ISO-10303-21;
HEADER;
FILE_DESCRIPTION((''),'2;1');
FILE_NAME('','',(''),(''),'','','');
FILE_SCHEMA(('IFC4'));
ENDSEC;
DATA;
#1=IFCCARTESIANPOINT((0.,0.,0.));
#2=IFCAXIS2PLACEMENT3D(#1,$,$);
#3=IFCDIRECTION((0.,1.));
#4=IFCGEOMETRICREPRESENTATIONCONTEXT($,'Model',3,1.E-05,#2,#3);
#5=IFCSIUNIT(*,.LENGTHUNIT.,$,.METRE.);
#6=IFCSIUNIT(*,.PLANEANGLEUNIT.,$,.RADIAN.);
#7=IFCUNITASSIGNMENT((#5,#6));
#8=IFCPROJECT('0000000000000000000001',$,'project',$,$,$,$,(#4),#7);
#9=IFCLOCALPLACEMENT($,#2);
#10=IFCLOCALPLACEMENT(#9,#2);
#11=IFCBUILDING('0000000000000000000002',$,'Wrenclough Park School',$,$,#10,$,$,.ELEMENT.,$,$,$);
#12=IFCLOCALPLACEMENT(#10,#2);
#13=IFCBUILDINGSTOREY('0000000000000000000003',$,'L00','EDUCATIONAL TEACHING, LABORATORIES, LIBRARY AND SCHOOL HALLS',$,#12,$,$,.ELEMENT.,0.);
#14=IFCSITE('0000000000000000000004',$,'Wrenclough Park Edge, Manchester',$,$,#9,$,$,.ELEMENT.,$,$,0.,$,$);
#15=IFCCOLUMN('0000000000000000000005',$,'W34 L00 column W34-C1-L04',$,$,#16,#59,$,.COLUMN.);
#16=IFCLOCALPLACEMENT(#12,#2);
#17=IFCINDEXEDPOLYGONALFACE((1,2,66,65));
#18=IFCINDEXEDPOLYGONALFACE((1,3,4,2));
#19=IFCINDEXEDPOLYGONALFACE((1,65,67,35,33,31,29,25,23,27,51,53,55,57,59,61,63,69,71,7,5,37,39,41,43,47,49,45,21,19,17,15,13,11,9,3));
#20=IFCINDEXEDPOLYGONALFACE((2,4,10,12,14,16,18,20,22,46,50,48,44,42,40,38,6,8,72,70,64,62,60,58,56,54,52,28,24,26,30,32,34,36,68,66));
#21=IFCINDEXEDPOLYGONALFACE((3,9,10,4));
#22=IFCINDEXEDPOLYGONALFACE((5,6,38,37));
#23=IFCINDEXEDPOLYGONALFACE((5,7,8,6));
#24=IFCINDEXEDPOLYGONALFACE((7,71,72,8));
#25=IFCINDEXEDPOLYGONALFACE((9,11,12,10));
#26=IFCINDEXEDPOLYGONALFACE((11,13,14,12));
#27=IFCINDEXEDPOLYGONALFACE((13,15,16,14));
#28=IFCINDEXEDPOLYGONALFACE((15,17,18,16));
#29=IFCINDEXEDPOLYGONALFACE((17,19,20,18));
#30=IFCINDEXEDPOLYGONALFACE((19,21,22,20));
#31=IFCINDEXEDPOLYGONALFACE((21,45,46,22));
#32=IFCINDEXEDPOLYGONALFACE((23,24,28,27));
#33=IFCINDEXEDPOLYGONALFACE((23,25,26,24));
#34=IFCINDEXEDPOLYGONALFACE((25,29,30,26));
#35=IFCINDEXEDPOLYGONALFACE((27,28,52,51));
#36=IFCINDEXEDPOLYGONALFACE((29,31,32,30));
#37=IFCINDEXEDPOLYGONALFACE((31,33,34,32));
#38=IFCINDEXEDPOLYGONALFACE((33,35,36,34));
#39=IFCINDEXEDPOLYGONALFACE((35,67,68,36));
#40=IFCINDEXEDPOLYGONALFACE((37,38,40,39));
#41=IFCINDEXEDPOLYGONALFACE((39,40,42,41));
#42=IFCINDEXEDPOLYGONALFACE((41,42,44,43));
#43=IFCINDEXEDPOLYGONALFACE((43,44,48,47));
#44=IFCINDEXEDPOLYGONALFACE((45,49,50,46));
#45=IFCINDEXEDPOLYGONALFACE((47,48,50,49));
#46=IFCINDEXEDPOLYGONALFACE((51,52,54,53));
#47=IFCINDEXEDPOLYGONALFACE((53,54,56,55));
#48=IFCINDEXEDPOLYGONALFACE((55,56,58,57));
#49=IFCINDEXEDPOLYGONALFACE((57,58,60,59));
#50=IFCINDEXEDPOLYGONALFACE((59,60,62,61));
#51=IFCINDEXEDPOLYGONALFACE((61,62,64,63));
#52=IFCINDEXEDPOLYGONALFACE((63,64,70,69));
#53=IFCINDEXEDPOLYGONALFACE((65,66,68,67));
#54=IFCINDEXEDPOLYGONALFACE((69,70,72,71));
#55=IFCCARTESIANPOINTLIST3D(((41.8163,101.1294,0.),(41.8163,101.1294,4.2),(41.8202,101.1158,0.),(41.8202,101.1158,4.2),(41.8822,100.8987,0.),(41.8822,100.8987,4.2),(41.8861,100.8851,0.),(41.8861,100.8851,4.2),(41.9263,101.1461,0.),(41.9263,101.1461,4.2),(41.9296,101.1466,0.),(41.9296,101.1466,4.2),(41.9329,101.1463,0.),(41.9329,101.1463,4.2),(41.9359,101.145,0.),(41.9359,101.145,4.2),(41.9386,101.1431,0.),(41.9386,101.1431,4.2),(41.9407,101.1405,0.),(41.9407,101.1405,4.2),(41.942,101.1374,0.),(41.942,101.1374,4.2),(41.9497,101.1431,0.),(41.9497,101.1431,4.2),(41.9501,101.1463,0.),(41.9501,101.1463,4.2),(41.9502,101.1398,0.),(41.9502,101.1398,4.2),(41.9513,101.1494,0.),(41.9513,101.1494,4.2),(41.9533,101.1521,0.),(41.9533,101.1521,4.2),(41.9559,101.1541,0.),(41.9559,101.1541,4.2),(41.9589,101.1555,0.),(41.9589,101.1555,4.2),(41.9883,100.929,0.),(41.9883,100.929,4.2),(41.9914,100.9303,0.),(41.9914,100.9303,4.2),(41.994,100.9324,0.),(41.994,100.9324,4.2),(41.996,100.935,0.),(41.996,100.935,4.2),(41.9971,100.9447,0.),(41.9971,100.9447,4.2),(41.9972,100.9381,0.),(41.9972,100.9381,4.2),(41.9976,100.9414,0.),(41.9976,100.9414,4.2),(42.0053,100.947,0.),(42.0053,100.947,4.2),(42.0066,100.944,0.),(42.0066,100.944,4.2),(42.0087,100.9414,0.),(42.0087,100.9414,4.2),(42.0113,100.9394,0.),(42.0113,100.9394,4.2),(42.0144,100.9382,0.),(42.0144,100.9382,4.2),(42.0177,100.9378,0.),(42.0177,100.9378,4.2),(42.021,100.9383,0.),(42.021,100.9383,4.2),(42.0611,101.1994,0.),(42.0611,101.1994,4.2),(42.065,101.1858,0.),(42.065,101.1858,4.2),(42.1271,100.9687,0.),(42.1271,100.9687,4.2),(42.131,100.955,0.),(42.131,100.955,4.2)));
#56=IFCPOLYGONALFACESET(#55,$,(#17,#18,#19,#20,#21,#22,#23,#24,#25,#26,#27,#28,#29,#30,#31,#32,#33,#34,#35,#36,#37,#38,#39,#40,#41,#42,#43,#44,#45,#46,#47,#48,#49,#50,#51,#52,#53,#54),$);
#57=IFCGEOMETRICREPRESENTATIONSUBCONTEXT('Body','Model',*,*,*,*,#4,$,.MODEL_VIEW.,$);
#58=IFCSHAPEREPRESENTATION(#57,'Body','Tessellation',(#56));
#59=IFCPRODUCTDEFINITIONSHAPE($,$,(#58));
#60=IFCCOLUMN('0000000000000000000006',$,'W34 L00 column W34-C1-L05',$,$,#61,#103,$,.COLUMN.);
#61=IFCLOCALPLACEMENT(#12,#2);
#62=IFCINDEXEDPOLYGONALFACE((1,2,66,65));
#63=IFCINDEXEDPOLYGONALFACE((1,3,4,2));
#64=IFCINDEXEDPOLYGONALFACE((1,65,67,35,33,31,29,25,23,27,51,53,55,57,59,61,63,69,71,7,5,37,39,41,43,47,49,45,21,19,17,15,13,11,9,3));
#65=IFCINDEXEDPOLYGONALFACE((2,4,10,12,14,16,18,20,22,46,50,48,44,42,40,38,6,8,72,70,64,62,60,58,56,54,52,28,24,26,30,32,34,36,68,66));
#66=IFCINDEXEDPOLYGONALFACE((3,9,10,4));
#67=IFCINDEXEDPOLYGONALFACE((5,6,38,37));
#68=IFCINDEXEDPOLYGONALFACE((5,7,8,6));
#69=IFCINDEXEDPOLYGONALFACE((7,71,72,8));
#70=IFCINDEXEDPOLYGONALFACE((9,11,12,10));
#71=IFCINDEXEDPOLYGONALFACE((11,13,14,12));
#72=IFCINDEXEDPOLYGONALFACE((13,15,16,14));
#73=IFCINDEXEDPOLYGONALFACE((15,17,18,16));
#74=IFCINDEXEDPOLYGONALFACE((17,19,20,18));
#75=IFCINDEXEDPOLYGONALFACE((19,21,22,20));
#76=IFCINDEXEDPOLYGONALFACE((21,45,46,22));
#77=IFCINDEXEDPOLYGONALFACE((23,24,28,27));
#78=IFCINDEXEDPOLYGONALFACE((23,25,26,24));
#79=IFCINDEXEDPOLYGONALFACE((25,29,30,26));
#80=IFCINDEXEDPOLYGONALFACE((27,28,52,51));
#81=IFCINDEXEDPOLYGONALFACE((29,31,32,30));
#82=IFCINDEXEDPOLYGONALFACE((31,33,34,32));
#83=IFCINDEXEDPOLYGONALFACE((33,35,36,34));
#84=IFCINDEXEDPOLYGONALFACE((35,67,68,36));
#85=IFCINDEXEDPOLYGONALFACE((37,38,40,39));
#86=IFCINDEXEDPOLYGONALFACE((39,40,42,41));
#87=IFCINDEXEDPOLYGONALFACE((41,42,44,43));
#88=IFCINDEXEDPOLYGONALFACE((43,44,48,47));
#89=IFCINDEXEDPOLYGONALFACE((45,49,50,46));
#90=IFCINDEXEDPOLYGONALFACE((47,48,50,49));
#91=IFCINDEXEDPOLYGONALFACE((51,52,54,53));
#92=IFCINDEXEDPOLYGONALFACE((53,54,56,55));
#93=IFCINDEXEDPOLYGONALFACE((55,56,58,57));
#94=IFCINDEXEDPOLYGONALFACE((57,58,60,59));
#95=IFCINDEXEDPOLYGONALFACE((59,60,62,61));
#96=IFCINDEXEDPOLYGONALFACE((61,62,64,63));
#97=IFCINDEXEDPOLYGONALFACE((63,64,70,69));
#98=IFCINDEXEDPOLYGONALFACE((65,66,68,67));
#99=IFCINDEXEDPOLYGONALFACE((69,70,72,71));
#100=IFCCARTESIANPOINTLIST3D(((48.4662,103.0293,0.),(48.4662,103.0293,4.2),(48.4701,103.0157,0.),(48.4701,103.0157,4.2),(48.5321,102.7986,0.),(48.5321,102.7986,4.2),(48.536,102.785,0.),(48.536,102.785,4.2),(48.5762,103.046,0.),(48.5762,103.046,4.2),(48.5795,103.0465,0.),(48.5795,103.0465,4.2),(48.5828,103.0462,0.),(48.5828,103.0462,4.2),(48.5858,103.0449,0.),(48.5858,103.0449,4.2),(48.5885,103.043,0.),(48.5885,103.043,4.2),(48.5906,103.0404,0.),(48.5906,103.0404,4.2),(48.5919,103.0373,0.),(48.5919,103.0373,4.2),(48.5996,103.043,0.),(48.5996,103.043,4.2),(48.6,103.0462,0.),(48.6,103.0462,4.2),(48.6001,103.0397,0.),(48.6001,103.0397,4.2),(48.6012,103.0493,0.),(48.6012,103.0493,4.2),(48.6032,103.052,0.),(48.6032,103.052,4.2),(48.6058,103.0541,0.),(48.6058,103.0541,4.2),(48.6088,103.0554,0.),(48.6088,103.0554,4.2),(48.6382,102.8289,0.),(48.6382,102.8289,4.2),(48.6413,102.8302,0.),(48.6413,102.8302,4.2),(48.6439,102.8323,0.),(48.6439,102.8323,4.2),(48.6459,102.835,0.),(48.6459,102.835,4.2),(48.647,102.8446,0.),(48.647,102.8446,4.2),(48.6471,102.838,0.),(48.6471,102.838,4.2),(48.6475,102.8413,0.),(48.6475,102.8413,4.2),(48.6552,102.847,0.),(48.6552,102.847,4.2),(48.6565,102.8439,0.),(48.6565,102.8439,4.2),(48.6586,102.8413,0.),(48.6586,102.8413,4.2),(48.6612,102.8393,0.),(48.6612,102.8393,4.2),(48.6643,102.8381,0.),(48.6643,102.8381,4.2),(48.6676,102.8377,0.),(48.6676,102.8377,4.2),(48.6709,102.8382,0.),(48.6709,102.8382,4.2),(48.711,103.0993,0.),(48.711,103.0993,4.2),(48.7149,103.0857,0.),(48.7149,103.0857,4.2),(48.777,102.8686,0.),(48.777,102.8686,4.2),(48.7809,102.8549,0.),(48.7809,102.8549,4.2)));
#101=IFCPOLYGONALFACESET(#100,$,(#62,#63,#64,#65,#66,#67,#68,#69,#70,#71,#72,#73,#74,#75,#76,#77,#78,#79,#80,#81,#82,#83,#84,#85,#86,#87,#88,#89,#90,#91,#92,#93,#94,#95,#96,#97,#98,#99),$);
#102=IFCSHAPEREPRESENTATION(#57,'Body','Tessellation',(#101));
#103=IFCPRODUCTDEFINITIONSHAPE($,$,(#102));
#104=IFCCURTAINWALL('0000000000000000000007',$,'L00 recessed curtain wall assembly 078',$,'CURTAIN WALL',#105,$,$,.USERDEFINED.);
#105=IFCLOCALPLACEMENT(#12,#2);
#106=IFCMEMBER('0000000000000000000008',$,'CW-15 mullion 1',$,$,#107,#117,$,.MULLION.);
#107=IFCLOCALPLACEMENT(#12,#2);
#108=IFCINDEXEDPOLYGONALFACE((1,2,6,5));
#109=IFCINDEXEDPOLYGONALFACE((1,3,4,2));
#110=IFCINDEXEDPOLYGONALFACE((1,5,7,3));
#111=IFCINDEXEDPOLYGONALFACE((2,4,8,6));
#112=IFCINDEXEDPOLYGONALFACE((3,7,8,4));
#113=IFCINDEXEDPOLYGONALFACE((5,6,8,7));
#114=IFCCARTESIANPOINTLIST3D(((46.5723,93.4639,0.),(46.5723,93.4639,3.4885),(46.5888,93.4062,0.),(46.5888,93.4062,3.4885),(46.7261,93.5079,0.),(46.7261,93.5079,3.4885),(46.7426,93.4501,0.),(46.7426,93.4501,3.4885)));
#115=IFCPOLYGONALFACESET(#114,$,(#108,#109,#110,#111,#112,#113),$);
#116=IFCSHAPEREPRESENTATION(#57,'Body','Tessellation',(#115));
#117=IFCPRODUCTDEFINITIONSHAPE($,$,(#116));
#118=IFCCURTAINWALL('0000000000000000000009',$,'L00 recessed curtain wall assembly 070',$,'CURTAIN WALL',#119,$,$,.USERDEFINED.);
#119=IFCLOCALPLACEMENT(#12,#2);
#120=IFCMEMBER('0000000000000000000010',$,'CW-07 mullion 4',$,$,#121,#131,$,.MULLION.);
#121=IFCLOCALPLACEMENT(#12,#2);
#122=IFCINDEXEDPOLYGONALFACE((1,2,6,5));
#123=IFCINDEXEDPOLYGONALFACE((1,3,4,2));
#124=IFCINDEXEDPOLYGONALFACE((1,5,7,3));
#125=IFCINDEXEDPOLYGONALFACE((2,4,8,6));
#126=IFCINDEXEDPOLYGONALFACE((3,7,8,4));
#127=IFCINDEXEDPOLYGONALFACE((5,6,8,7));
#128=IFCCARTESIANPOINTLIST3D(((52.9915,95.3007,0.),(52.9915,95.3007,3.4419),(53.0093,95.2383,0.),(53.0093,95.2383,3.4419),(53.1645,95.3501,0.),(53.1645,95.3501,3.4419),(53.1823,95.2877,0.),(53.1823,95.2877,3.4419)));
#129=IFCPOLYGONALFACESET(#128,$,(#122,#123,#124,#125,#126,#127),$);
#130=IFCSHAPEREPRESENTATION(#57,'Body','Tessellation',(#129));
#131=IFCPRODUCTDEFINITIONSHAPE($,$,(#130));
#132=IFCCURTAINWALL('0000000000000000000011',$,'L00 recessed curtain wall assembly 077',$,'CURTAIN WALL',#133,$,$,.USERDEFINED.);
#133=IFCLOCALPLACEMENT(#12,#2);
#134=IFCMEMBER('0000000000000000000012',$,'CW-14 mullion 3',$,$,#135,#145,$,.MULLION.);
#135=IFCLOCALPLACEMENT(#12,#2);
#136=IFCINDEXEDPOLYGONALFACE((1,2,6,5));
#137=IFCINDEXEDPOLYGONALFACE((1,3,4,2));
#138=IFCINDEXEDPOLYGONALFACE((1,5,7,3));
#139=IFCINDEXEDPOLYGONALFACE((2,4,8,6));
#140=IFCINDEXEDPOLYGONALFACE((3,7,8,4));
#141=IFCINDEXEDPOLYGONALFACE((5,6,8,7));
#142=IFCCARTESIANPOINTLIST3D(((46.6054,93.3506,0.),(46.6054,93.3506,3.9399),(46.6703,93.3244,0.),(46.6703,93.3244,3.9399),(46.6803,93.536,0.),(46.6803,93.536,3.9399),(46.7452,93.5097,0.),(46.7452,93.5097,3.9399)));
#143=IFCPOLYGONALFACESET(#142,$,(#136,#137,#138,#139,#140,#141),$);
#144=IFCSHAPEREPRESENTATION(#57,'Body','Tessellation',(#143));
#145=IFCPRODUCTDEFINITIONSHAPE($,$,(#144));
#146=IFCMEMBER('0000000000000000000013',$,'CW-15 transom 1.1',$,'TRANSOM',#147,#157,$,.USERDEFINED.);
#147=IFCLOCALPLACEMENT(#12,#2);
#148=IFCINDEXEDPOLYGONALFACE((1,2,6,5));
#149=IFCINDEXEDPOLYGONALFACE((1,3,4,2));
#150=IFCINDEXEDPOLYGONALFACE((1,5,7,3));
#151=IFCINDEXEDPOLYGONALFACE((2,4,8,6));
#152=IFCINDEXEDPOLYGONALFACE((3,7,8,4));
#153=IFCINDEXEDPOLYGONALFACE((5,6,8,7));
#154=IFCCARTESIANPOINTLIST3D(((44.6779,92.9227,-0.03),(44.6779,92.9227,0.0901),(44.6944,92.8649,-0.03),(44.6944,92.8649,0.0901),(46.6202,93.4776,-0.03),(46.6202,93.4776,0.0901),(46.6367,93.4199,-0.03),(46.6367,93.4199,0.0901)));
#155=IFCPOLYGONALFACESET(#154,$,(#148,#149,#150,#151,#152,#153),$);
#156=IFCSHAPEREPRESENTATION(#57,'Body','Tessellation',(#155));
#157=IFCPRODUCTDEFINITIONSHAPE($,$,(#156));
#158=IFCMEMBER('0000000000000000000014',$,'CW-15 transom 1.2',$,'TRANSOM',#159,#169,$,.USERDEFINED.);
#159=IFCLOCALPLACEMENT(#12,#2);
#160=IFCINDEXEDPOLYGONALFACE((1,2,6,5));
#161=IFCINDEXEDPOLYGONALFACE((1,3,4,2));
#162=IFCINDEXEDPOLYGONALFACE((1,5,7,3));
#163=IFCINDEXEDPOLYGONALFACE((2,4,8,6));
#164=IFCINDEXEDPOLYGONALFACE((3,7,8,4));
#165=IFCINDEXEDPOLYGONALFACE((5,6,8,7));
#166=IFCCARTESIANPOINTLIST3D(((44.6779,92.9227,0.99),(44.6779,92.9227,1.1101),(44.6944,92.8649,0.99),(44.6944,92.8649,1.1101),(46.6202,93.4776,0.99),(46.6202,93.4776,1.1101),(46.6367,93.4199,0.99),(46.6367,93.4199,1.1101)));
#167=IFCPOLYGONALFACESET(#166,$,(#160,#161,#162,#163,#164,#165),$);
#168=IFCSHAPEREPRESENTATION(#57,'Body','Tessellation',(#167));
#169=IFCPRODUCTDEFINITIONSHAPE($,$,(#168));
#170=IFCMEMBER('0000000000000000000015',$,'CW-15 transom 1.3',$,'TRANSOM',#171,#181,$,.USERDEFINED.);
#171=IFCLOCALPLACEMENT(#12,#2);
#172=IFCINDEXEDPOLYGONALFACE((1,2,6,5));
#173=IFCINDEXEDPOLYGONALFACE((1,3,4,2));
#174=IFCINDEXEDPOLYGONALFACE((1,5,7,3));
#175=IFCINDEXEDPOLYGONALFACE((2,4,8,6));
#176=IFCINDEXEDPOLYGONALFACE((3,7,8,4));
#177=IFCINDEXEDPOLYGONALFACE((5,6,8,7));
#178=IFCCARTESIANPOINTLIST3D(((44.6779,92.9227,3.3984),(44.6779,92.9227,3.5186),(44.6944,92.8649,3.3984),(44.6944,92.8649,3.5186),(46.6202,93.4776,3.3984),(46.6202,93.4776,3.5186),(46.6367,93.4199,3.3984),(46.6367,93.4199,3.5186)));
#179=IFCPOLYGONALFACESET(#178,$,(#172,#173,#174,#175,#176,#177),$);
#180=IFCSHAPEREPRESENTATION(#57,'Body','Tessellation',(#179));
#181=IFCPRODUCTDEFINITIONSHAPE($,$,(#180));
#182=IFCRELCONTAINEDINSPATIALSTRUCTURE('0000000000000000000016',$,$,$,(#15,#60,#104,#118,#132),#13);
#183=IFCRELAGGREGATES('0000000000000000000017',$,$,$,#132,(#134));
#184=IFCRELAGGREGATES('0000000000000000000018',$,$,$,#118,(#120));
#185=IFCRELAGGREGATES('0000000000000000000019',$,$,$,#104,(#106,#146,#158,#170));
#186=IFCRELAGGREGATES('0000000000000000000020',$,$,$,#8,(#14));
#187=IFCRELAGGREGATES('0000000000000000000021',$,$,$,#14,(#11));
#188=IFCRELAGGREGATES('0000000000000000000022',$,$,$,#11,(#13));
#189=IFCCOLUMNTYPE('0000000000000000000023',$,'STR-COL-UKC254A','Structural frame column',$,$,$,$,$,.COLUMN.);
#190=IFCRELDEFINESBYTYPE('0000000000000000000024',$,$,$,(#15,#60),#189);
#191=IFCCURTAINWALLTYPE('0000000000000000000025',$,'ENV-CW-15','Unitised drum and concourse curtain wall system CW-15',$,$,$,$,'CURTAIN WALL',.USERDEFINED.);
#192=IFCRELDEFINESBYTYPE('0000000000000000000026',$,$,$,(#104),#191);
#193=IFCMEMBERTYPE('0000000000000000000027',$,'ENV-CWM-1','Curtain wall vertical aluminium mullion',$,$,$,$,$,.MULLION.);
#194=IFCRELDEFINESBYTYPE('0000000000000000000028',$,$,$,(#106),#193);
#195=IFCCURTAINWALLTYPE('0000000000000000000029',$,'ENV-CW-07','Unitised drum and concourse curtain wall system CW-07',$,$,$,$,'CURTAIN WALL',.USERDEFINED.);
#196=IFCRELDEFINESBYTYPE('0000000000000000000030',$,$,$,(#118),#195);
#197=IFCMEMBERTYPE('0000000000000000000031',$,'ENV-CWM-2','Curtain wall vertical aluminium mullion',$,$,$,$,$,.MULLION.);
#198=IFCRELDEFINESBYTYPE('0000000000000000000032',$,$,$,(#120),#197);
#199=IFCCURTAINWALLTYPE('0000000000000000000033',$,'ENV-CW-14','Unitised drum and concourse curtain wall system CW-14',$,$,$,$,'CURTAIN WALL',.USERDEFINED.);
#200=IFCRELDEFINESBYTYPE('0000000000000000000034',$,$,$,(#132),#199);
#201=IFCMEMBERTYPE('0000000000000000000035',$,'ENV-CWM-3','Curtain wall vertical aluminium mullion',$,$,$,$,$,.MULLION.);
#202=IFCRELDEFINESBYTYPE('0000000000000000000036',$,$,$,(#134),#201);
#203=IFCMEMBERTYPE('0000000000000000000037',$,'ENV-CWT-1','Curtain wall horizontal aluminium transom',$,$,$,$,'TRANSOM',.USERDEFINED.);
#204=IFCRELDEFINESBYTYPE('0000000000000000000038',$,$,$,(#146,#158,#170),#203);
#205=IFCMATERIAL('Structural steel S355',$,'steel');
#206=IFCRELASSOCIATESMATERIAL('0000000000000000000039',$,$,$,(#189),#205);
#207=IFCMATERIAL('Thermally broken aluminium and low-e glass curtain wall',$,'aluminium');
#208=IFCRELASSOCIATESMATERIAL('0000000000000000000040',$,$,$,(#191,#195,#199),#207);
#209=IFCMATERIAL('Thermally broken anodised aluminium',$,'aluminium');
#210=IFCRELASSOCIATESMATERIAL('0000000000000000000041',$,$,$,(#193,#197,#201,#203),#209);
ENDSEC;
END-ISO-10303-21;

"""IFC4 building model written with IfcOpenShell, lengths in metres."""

from ifc_helpers import new_model, si_unit, direction, frame, origin, origin_2d, place, context, subcontext, project, spatial, rectangle, i_section, extrude, material, material_profile, profile_set, type_object, element, aggregate, save


model = new_model("IFC4")

# Units and contexts
model_context = context("Model", 3, precision=1e-05, world=origin(), true_north=direction((0.0, 1.0)))
body_context = subcontext(model_context, "Body", "Model", "MODEL_VIEW")
ifc_project = project(units=[si_unit("LENGTHUNIT", "METRE"), si_unit("PLANEANGLEUNIT", "RADIAN")], contexts=[model_context])

# Site, building, storey
site_placement = place(None, origin())
site = spatial("IfcSite", under=ifc_project, at=site_placement, Name="Wrenclough Park Edge, Manchester", CompositionType="ELEMENT", RefElevation=0.0)
building_placement = place(site_placement, origin())
building = spatial("IfcBuilding", under=site, at=building_placement, Name="Wrenclough Park School", CompositionType="ELEMENT")
storey_placement = place(building_placement, origin())
storey = spatial("IfcBuildingStorey", under=building, at=storey_placement, Name="L00", Description="EDUCATIONAL TEACHING, LABORATORIES, LIBRARY AND SCHOOL HALLS", CompositionType="ELEMENT", Elevation=0.0)

# Columns
ifc_material_1 = material(Name="Structural steel S355", Category="steel")
ifc_material_profile_1 = material_profile(ifc_material_1, i_section(OverallWidth=0.2546, OverallDepth=0.2542, WebThickness=0.0085, FlangeThickness=0.0142, FilletRadius=0.0127, at=origin_2d()), Name="UKC 254x254x73")
ifc_profile_set_1 = profile_set([ifc_material_profile_1], Name="Structural steel S355")
column_type = type_object("IfcColumnType", Name="STR-COL-UKC254A", Description="Structural frame column", PredefinedType="COLUMN", material=ifc_profile_set_1)
for number, where, z_axis, x_axis, name in (
    (1, (41.9736, 101.0422, 0.0), (0.0, 0.0, 1.0), (0.961502, 0.274798, 0.0), "W34 L00 column W34-C1-L04"),
    (2, (48.6235, 102.9421, 0.0), (0.0, 0.0, 1.0), (0.961502, 0.274798, 0.0), "W34 L00 column W34-C1-L05"),
):
    element("IfcColumn", number, at=place(storey_placement, frame(where, z_axis=z_axis, x_axis=x_axis)), inside=storey, type_object=column_type, Name=name, PredefinedType="COLUMN", context=body_context, shape_type="SweptSolid", body=[
        extrude(i_section(OverallWidth=0.2546, OverallDepth=0.2542, WebThickness=0.0085, FlangeThickness=0.0142, FilletRadius=0.0127, at=origin_2d()), origin(), (0.0, 0.0, 1.0), 4.2),
    ])

# Curtain walls, members
ifc_material_2 = material(Name="Thermally broken aluminium and low-e glass curtain wall", Category="aluminium")
curtain_wall_type_1 = type_object("IfcCurtainWallType", Name="ENV-CW-15", Description="Unitised drum and concourse curtain wall system CW-15", ElementType="CURTAIN WALL", PredefinedType="USERDEFINED", material=ifc_material_2)
curtain_wall_1_placement = place(storey_placement, origin())
curtain_wall_1 = element("IfcCurtainWall", 3, at=curtain_wall_1_placement, inside=storey, type_object=curtain_wall_type_1, Name="L00 recessed curtain wall assembly 078", ObjectType="CURTAIN WALL", PredefinedType="USERDEFINED")
ifc_material_3 = material(Name="Thermally broken anodised aluminium", Category="aluminium")
ifc_material_profile_2 = material_profile(ifc_material_3, rectangle(XDim=0.0601, YDim=0.1599, at=origin_2d()), Name="AL MULLION 60x160")
ifc_profile_set_2 = profile_set([ifc_material_profile_2], Name="Thermally broken anodised aluminium")
member_type_1 = type_object("IfcMemberType", Name="ENV-CWM-1", Description="Curtain wall vertical aluminium mullion", PredefinedType="MULLION", material=ifc_profile_set_2)
member_1_placement = place(storey_placement, frame((46.6575, 93.457, 0.0), z_axis=(0.0, 0.0, 1.0), x_axis=(0.274711, -0.961527, 0.0)))
member_1 = element("IfcMember", 4, at=member_1_placement, type_object=member_type_1, Name="CW-15 mullion 1", PredefinedType="MULLION", context=body_context, shape_type="SweptSolid", body=[
    extrude(rectangle(XDim=0.0601, YDim=0.1599, at=origin_2d()), origin(), (0.0, 0.0, 1.0), 3.4885),
])
curtain_wall_type_2 = type_object("IfcCurtainWallType", Name="ENV-CW-07", Description="Unitised drum and concourse curtain wall system CW-07", ElementType="CURTAIN WALL", PredefinedType="USERDEFINED", material=ifc_material_2)
curtain_wall_2_placement = place(storey_placement, origin())
curtain_wall_2 = element("IfcCurtainWall", 5, at=curtain_wall_2_placement, inside=storey, type_object=curtain_wall_type_2, Name="L00 recessed curtain wall assembly 070", ObjectType="CURTAIN WALL", PredefinedType="USERDEFINED")
ifc_material_profile_3 = material_profile(ifc_material_3, rectangle(XDim=0.0649, YDim=0.1799, at=origin_2d()), Name="AL MULLION 65x180")
ifc_profile_set_3 = profile_set([ifc_material_profile_3], Name="Thermally broken anodised aluminium")
member_type_2 = type_object("IfcMemberType", Name="ENV-CWM-2", Description="Curtain wall vertical aluminium mullion", PredefinedType="MULLION", material=ifc_profile_set_3)
member_2_placement = place(storey_placement, frame((53.0869, 95.2942, 0.0), z_axis=(0.0, 0.0, 1.0), x_axis=(0.274723, -0.961523, 0.0)))
member_2 = element("IfcMember", 6, at=member_2_placement, type_object=member_type_2, Name="CW-07 mullion 4", PredefinedType="MULLION", context=body_context, shape_type="SweptSolid", body=[
    extrude(rectangle(XDim=0.0649, YDim=0.1799, at=origin_2d()), origin(), (0.0, 0.0, 1.0), 3.4419),
])
curtain_wall_type_3 = type_object("IfcCurtainWallType", Name="ENV-CW-14", Description="Unitised drum and concourse curtain wall system CW-14", ElementType="CURTAIN WALL", PredefinedType="USERDEFINED", material=ifc_material_2)
curtain_wall_3_placement = place(storey_placement, origin())
curtain_wall_3 = element("IfcCurtainWall", 7, at=curtain_wall_3_placement, inside=storey, type_object=curtain_wall_type_3, Name="L00 recessed curtain wall assembly 077", ObjectType="CURTAIN WALL", PredefinedType="USERDEFINED")
ifc_material_profile_4 = material_profile(ifc_material_3, rectangle(XDim=0.0701, YDim=0.2, at=origin_2d()), Name="AL MULLION 70x200")
ifc_profile_set_4 = profile_set([ifc_material_profile_4], Name="Thermally broken anodised aluminium")
member_type_3 = type_object("IfcMemberType", Name="ENV-CWM-3", Description="Curtain wall vertical aluminium mullion", PredefinedType="MULLION", material=ifc_profile_set_4)
member_3_placement = place(storey_placement, frame((46.6753, 93.4302, 0.0), z_axis=(0.0, 0.0, 1.0), x_axis=(-0.927185, 0.374604, 0.0)))
member_3 = element("IfcMember", 8, at=member_3_placement, type_object=member_type_3, Name="CW-14 mullion 3", PredefinedType="MULLION", context=body_context, shape_type="SweptSolid", body=[
    extrude(rectangle(XDim=0.0701, YDim=0.2, at=origin_2d()), origin(), (0.0, 0.0, 1.0), 3.9399),
])
aggregate(curtain_wall_3, [member_3])

# Members
ifc_material_profile_5 = material_profile(ifc_material_3, rectangle(XDim=0.0601, YDim=0.1201, at=origin_2d()), Name="AL TRANSOM 60x120")
ifc_profile_set_5 = profile_set([ifc_material_profile_5], Name="Thermally broken anodised aluminium")
member_type_4 = type_object("IfcMemberType", Name="ENV-CWT-1", Description="Curtain wall horizontal aluminium transom", ElementType="TRANSOM", PredefinedType="USERDEFINED", material=ifc_profile_set_5)
member_4_placement = place(storey_placement, frame((46.6284, 93.4487, 0.03), z_axis=(-0.961529, -0.274705, 0.0), x_axis=(0.274705, -0.961529, 0.0)))
member_4 = element("IfcMember", 9, at=member_4_placement, type_object=member_type_4, Name="CW-15 transom 1.1", ObjectType="TRANSOM", PredefinedType="USERDEFINED", context=body_context, shape_type="SweptSolid", body=[
    extrude(rectangle(XDim=0.0601, YDim=0.1201, at=origin_2d()), origin(), (0.0, 0.0, 1.0), 2.02),
])
member_5_placement = place(storey_placement, frame((46.6284, 93.4487, 1.05), z_axis=(-0.961529, -0.274705, 0.0), x_axis=(0.274705, -0.961529, 0.0)))
member_5 = element("IfcMember", 10, at=member_5_placement, type_object=member_type_4, Name="CW-15 transom 1.2", ObjectType="TRANSOM", PredefinedType="USERDEFINED", context=body_context, shape_type="SweptSolid", body=[
    extrude(rectangle(XDim=0.0601, YDim=0.1201, at=origin_2d()), origin(), (0.0, 0.0, 1.0), 2.02),
])
member_6_placement = place(storey_placement, frame((46.6284, 93.4487, 3.4585), z_axis=(-0.961529, -0.274705, 0.0), x_axis=(0.274705, -0.961529, 0.0)))
member_6 = element("IfcMember", 11, at=member_6_placement, type_object=member_type_4, Name="CW-15 transom 1.3", ObjectType="TRANSOM", PredefinedType="USERDEFINED", context=body_context, shape_type="SweptSolid", body=[
    extrude(rectangle(XDim=0.0601, YDim=0.1201, at=origin_2d()), origin(), (0.0, 0.0, 1.0), 2.02),
])

aggregate(curtain_wall_2, [member_2])
aggregate(curtain_wall_1, [member_1, member_4, member_5, member_6])

save(model, "model.ifc")
